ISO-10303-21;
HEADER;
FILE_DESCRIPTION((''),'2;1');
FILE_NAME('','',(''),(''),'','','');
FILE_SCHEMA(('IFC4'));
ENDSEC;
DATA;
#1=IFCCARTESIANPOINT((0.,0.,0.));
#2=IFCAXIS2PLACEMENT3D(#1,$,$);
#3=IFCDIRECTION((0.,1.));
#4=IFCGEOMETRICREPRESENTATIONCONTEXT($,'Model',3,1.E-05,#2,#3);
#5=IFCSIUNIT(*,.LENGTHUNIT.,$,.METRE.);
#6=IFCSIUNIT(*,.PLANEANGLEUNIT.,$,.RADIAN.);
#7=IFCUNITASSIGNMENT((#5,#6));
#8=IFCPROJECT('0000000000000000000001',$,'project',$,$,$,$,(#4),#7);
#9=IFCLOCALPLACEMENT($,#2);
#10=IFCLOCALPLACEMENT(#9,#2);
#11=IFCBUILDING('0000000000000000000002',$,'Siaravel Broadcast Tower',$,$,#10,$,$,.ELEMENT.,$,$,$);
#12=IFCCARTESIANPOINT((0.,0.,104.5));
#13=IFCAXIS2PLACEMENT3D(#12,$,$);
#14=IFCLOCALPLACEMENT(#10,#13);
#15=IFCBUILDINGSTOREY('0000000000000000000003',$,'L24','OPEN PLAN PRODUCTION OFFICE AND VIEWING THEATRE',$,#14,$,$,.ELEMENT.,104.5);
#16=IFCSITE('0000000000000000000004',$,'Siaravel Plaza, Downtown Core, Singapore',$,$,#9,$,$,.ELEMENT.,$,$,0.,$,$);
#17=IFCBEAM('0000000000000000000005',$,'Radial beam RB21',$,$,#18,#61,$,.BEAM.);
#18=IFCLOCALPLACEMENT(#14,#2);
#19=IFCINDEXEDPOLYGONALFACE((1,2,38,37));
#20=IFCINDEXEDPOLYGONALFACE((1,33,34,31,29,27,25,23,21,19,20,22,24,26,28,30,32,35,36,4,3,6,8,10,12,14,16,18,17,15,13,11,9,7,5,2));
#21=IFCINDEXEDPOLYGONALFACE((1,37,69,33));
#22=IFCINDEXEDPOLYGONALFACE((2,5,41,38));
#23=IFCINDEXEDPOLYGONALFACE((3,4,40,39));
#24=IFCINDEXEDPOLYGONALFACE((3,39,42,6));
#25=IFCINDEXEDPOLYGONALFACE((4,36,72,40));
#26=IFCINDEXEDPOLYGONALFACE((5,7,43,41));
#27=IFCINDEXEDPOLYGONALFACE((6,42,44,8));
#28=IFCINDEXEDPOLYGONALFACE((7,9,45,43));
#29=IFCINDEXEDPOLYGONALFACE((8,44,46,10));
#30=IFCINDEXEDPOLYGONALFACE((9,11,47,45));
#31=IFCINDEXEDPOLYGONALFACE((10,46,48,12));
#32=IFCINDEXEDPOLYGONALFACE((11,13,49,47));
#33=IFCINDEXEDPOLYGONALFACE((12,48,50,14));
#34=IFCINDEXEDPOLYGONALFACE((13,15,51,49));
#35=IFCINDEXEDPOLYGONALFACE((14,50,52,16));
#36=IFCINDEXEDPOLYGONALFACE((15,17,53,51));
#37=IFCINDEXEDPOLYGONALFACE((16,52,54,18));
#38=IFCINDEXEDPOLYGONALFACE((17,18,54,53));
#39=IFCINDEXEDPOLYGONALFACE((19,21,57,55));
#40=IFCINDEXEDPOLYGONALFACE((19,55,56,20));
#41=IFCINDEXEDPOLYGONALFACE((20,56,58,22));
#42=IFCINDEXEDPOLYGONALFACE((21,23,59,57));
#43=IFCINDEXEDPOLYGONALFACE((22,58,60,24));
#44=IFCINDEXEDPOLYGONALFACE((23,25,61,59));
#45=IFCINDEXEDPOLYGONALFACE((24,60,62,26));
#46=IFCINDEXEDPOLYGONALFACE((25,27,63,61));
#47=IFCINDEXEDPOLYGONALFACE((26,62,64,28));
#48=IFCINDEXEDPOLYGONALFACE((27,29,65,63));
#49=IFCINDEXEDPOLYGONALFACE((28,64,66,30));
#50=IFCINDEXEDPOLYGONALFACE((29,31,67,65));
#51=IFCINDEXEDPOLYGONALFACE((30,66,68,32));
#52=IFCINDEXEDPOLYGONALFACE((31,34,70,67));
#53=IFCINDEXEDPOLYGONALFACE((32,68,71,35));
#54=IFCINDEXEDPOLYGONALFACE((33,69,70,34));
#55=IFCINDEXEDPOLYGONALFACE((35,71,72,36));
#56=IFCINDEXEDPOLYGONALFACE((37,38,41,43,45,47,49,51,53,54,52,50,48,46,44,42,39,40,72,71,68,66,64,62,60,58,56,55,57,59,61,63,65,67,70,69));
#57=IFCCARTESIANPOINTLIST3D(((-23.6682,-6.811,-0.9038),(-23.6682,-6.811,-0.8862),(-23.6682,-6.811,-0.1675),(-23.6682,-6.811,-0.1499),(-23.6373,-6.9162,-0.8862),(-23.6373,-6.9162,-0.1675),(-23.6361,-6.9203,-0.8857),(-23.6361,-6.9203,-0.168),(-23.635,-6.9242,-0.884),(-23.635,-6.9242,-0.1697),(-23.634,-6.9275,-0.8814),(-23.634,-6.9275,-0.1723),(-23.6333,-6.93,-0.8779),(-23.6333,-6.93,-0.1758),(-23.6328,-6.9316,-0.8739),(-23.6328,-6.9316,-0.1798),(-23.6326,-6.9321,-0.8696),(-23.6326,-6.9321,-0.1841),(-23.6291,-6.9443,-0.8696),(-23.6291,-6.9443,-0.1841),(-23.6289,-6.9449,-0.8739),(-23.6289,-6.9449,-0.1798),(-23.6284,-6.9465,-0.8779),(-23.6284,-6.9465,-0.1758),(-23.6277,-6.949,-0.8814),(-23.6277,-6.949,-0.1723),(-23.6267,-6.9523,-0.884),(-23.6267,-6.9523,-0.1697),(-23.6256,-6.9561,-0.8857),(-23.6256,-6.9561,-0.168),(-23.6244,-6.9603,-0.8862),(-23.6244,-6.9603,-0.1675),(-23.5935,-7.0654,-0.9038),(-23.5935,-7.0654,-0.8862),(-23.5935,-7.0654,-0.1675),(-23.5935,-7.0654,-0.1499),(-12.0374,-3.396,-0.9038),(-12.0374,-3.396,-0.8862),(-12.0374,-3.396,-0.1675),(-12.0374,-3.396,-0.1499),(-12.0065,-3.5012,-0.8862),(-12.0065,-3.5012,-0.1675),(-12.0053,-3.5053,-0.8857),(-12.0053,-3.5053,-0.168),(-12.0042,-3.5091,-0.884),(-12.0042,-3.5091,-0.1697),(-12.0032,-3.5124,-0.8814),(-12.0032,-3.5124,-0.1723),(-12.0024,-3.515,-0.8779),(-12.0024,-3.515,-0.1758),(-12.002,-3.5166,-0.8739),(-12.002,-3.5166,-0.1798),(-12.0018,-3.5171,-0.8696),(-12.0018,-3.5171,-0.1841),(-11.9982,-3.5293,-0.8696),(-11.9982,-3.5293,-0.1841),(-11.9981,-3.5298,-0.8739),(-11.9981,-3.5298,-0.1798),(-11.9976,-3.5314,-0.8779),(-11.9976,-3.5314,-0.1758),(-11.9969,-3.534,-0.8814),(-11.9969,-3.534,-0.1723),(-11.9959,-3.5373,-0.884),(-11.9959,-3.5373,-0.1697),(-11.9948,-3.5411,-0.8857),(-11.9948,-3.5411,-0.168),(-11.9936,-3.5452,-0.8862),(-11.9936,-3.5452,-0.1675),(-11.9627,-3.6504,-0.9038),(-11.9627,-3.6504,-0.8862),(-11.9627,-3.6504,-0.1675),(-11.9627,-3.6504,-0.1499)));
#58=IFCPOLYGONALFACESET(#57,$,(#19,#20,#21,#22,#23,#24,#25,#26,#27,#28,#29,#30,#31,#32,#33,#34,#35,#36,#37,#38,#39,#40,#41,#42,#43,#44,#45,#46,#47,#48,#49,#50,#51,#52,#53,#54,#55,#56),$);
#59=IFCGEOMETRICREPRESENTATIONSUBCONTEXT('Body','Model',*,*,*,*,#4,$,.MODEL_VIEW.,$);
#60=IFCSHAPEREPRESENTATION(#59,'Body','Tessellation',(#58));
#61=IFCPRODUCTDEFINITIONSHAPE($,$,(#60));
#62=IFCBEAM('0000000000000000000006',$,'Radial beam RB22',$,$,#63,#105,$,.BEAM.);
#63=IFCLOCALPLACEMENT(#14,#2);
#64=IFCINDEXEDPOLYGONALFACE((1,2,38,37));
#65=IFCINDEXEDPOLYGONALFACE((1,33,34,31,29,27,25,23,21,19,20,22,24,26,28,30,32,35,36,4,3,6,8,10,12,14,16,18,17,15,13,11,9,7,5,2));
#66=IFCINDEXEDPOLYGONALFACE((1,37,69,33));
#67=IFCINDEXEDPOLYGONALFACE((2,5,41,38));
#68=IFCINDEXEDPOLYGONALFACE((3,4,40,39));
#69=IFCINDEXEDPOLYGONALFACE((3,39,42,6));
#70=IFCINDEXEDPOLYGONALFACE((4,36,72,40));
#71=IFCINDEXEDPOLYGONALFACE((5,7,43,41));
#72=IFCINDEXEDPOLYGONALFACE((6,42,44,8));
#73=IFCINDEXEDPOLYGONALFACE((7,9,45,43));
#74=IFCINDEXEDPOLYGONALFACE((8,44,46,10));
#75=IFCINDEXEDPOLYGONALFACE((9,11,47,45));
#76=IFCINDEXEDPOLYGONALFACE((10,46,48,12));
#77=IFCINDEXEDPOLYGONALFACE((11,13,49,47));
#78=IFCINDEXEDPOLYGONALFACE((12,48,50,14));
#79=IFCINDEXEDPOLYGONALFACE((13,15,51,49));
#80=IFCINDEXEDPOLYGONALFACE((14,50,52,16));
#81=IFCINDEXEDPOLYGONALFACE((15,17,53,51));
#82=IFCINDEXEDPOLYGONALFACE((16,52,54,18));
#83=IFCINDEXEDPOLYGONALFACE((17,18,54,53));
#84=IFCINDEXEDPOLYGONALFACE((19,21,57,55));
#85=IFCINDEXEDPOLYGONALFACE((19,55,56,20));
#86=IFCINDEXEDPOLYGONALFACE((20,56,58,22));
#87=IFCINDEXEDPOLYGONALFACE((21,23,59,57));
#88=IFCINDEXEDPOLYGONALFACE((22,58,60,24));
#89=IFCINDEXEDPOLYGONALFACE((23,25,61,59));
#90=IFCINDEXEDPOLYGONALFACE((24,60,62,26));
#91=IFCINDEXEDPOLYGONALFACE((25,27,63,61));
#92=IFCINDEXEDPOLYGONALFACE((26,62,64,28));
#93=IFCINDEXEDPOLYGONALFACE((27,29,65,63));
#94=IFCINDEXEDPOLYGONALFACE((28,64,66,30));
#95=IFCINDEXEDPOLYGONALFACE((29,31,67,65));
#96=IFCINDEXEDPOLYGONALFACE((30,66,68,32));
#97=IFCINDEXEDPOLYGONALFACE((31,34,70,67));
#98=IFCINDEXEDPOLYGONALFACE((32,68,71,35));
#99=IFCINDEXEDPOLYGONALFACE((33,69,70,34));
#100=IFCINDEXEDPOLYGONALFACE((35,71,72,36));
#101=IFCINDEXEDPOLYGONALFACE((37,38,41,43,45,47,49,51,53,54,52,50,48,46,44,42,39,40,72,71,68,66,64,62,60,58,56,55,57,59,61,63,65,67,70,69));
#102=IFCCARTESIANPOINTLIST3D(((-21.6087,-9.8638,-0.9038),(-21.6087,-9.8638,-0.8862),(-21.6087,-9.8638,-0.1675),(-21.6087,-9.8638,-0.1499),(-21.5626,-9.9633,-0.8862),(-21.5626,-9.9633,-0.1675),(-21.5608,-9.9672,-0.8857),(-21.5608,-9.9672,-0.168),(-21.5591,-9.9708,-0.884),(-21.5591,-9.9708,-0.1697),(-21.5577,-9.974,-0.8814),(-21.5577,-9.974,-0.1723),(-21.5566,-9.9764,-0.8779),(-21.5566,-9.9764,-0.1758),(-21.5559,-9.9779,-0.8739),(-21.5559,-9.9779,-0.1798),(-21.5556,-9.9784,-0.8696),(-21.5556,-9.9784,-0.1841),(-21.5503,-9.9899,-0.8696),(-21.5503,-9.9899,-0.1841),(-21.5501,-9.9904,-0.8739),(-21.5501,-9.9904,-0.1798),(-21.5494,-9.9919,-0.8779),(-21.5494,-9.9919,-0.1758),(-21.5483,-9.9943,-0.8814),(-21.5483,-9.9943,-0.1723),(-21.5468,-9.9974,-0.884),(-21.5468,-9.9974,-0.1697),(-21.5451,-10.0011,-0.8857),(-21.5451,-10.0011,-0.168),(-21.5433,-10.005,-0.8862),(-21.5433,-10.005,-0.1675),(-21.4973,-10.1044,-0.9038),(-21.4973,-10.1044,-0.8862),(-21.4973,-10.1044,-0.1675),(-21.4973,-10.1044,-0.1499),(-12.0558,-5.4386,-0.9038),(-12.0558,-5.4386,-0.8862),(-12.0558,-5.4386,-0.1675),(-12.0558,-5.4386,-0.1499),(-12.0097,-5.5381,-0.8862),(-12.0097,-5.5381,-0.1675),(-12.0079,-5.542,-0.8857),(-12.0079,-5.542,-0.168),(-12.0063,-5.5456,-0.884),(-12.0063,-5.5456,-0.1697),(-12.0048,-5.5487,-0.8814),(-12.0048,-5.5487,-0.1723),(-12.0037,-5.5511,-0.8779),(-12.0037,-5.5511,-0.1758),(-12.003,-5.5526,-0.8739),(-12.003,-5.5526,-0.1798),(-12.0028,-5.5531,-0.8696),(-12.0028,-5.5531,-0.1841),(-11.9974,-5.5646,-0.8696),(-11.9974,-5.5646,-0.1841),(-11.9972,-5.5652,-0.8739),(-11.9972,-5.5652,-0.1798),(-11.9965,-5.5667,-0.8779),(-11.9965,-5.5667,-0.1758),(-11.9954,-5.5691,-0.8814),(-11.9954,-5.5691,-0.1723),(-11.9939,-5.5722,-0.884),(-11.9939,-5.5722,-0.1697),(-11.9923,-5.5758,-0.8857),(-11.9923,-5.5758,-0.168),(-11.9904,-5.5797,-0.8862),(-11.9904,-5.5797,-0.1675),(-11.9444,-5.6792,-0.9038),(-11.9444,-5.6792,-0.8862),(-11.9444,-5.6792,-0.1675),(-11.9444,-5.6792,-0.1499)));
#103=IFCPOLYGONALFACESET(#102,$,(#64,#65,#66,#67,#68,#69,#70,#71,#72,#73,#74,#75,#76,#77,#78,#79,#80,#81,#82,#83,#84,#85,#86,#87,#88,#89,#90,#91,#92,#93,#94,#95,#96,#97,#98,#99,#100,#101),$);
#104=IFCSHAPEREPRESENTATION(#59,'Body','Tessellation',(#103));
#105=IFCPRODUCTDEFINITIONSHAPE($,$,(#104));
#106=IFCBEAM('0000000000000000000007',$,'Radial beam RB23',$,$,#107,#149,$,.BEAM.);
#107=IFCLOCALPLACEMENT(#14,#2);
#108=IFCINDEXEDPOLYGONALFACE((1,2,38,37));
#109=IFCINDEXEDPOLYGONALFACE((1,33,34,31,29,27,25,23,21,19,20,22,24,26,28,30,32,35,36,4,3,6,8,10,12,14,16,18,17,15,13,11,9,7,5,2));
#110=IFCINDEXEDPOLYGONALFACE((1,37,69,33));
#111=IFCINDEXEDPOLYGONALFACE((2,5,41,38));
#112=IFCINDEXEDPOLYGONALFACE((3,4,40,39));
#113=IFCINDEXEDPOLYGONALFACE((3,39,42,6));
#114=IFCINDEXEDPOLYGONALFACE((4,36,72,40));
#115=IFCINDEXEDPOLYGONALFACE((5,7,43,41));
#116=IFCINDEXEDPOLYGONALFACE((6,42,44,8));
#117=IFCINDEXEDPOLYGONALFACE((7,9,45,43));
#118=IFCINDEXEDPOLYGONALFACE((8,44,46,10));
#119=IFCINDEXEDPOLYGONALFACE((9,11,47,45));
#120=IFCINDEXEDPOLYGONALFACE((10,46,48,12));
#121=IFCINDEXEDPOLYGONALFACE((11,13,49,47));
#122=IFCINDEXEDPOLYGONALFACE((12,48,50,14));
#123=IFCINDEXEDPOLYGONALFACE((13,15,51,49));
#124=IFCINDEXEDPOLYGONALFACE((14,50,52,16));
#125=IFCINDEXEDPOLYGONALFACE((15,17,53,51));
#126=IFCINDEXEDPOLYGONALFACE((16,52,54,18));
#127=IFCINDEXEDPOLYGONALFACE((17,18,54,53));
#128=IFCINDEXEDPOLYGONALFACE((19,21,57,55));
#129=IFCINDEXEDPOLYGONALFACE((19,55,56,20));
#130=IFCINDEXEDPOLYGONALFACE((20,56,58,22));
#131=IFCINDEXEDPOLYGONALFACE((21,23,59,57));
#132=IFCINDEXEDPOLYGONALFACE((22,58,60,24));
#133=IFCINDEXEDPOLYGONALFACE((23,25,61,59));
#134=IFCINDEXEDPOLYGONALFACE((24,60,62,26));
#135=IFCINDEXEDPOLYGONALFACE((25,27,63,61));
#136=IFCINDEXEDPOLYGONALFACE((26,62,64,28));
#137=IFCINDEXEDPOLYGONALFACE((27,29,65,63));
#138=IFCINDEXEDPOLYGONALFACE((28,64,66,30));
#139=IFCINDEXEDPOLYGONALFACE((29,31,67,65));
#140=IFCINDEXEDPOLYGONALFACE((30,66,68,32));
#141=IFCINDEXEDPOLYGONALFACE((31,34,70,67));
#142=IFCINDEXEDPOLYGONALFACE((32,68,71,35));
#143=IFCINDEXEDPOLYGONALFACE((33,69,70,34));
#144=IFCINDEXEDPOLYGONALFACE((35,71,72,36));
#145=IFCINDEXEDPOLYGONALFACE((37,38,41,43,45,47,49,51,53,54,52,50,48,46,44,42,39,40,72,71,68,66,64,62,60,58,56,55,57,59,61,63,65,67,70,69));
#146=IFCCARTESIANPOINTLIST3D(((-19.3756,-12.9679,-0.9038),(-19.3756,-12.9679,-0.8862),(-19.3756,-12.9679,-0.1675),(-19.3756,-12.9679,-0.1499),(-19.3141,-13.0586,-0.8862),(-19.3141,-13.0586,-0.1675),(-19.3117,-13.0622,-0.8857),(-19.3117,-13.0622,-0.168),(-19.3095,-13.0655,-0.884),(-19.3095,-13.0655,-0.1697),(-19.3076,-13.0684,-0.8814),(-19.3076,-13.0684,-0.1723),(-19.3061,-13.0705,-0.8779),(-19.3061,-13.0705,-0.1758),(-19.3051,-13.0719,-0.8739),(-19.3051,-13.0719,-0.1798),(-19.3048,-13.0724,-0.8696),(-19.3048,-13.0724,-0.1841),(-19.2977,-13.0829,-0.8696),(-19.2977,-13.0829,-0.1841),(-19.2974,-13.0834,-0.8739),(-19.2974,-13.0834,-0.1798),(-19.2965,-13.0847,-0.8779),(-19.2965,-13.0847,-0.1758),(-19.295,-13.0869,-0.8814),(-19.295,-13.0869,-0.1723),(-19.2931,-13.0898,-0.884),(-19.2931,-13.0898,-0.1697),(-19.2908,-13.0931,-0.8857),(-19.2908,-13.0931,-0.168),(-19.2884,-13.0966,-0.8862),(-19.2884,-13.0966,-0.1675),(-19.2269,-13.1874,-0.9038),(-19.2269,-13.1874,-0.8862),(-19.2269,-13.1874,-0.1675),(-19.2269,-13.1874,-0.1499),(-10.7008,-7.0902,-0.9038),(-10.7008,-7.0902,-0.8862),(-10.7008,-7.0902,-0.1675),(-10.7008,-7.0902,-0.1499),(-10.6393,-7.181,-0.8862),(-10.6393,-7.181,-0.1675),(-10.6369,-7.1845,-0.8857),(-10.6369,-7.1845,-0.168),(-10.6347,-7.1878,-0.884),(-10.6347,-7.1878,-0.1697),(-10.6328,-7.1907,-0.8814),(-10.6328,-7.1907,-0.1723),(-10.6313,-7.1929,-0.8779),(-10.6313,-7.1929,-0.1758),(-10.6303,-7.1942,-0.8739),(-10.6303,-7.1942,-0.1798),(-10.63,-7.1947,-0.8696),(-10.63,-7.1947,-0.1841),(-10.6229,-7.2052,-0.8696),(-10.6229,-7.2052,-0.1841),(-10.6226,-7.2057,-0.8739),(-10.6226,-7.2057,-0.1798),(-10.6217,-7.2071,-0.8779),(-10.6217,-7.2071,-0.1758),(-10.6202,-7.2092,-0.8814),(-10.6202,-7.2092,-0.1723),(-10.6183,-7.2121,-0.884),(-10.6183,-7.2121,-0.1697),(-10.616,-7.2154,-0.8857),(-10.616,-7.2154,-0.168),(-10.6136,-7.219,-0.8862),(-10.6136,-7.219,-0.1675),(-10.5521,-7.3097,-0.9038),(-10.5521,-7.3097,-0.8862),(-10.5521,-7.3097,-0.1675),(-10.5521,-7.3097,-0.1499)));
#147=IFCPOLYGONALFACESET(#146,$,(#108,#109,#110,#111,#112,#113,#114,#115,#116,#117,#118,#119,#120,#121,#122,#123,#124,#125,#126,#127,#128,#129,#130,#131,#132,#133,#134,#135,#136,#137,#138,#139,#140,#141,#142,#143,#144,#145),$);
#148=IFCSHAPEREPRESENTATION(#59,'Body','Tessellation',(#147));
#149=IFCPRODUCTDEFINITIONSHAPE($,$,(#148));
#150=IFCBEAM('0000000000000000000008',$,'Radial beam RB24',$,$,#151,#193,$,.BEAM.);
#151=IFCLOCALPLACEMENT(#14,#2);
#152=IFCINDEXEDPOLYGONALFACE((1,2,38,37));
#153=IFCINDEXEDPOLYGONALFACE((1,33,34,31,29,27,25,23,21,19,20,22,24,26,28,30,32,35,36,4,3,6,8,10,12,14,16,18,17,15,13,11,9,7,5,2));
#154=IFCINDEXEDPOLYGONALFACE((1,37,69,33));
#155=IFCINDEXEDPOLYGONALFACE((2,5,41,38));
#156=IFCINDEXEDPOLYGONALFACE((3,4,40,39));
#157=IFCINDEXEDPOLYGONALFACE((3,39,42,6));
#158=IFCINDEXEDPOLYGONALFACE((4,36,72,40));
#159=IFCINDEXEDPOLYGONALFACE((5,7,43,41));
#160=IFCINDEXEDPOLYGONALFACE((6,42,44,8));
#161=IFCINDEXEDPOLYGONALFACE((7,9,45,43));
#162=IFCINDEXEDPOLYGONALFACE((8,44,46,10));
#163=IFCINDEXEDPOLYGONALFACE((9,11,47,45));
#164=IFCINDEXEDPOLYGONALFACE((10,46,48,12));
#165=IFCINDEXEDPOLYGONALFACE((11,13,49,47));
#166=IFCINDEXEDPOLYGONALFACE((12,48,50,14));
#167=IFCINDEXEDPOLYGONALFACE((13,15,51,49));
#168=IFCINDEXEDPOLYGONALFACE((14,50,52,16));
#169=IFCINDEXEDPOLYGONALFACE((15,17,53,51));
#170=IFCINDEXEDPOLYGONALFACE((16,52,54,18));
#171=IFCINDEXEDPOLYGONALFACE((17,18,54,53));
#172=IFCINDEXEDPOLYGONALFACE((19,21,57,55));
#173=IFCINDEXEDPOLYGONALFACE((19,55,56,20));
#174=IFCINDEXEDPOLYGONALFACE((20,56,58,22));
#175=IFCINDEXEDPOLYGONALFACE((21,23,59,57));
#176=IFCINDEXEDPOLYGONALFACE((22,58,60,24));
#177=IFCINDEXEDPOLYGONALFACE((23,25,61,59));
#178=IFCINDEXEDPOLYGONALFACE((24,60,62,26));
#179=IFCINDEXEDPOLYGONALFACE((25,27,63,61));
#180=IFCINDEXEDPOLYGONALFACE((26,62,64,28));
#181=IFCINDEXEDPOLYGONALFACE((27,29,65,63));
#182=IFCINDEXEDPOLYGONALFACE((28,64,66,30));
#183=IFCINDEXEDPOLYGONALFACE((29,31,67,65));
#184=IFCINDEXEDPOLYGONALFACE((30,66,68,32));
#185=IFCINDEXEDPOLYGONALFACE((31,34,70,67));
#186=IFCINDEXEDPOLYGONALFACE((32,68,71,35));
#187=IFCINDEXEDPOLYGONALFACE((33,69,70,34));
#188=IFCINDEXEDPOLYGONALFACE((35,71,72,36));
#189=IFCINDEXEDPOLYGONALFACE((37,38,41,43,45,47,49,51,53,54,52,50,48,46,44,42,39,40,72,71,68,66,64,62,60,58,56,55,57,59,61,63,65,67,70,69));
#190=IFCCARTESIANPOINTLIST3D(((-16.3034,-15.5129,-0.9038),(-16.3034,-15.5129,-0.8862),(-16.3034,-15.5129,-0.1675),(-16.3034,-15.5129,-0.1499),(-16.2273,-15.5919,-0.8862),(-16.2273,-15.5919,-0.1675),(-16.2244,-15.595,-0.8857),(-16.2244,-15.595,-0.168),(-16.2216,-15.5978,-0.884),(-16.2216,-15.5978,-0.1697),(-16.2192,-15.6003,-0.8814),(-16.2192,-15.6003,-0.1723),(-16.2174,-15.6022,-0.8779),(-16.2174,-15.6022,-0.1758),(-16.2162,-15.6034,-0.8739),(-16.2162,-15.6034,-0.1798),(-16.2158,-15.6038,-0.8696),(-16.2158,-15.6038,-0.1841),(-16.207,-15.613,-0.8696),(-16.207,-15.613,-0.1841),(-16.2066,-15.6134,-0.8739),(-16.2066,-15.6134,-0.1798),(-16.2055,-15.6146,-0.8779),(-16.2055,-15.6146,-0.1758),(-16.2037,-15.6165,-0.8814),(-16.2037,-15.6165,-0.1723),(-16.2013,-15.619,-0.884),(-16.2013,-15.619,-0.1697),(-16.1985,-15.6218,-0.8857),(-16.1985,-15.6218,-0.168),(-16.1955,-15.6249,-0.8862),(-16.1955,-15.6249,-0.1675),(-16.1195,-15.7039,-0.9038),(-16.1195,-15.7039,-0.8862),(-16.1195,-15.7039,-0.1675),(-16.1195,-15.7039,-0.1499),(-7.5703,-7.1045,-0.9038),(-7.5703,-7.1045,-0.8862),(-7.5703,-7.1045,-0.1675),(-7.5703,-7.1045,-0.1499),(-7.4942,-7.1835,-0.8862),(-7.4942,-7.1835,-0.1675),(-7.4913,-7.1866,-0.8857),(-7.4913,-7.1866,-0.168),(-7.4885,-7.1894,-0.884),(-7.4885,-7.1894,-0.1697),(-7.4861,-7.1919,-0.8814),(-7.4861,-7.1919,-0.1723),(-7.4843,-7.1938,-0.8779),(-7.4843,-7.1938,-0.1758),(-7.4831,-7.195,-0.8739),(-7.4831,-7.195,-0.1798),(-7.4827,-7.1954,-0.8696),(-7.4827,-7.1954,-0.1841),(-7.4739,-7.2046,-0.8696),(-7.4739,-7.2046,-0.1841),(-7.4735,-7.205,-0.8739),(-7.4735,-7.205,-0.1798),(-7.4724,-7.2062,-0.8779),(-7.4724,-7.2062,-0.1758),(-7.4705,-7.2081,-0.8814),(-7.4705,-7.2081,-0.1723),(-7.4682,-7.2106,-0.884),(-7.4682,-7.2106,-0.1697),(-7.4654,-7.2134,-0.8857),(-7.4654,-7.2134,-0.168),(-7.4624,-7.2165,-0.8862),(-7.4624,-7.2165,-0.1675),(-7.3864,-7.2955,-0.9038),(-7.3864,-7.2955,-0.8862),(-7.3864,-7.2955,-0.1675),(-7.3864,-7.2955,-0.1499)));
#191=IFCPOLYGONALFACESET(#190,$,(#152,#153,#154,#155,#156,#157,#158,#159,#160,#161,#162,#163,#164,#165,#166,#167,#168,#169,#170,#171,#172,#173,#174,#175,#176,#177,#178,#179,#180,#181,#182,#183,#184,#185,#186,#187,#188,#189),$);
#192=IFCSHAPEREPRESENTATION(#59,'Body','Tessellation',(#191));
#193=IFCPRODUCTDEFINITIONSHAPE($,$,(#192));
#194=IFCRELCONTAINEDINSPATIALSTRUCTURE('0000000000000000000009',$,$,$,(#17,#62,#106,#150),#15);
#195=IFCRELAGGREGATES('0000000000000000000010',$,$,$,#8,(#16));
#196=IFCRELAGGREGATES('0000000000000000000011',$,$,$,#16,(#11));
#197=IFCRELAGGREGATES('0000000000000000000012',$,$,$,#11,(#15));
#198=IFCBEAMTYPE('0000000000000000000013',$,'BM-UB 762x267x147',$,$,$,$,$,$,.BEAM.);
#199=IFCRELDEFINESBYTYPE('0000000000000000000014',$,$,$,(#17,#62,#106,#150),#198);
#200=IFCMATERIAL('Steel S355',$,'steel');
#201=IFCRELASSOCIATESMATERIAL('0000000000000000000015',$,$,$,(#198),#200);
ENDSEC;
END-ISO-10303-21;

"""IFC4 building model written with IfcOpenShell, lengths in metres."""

from ifc_helpers import new_model, si_unit, direction, frame, origin, origin_2d, place, context, subcontext, project, spatial, i_section, extrude, material, material_profile, profile_set, type_object, element, save


model = new_model("IFC4")

# Units and contexts
model_context = context("Model", 3, precision=1e-05, world=origin(), true_north=direction((0.0, 1.0)))
body_context = subcontext(model_context, "Body", "Model", "MODEL_VIEW")
ifc_project = project(units=[si_unit("LENGTHUNIT", "METRE"), si_unit("PLANEANGLEUNIT", "RADIAN")], contexts=[model_context])

# Site, building, storey
site_placement = place(None, origin())
site = spatial("IfcSite", under=ifc_project, at=site_placement, Name="Siaravel Plaza, Downtown Core, Singapore", CompositionType="ELEMENT", RefElevation=0.0)
building_placement = place(site_placement, origin())
building = spatial("IfcBuilding", under=site, at=building_placement, Name="Siaravel Broadcast Tower", CompositionType="ELEMENT")
storey_placement = place(building_placement, frame((0.0, 0.0, 104.5)))
storey = spatial("IfcBuildingStorey", under=building, at=storey_placement, Name="L24", Description="OPEN PLAN PRODUCTION OFFICE AND VIEWING THEATRE", CompositionType="ELEMENT", Elevation=104.5)

# Beams
ifc_material_1 = material(Name="Steel S355", Category="steel")
ifc_material_profile_1 = material_profile(ifc_material_1, i_section(OverallWidth=0.2651, OverallDepth=0.7539, WebThickness=0.0127, FlangeThickness=0.0176, FilletRadius=0.0166, at=origin_2d()))
ifc_profile_set_1 = profile_set([ifc_material_profile_1], Name="Steel S355")
beam_type = type_object("IfcBeamType", Name="BM-UB 762x267x147", PredefinedType="BEAM", material=ifc_profile_set_1)
beam_1_placement = place(storey_placement, frame((-23.6309, -6.9382, -0.5269), z_axis=(0.959495, 0.281726, 0.0), x_axis=(-0.281726, 0.959495, 0.0)))
element("IfcBeam", 1, at=beam_1_placement, inside=storey, type_object=beam_type, Name="Radial beam RB21", PredefinedType="BEAM", context=body_context, shape_type="SweptSolid", body=[
    extrude(i_section(OverallWidth=0.2651, OverallDepth=0.7539, WebThickness=0.0127, FlangeThickness=0.0176, FilletRadius=0.0166, at=origin_2d()), origin(), (0.0, 0.0, 1.0), 12.1218),
])
beam_2_placement = place(storey_placement, frame((-21.553, -9.9841, -0.5269), z_axis=(0.907372, 0.420328, 0.0), x_axis=(-0.420328, 0.907372, 0.0)))
element("IfcBeam", 2, at=beam_2_placement, inside=storey, type_object=beam_type, Name="Radial beam RB22", PredefinedType="BEAM", context=body_context, shape_type="SweptSolid", body=[
    extrude(i_section(OverallWidth=0.2651, OverallDepth=0.7539, WebThickness=0.0127, FlangeThickness=0.0176, FilletRadius=0.0166, at=origin_2d()), origin(), (0.0, 0.0, 1.0), 10.5281),
])
beam_3_placement = place(storey_placement, frame((-19.3013, -13.0776, -0.5269), z_axis=(0.827865, 0.560927, 0.0), x_axis=(-0.560927, 0.827865, 0.0)))
element("IfcBeam", 3, at=beam_3_placement, inside=storey, type_object=beam_type, Name="Radial beam RB23", PredefinedType="BEAM", context=body_context, shape_type="SweptSolid", body=[
    extrude(i_section(OverallWidth=0.2651, OverallDepth=0.7539, WebThickness=0.0127, FlangeThickness=0.0176, FilletRadius=0.0166, at=origin_2d()), origin(), (0.0, 0.0, 1.0), 10.4785),
])
beam_4_placement = place(storey_placement, frame((-16.2114, -15.6084, -0.5269), z_axis=(0.720372, 0.693588, 0.0), x_axis=(-0.693588, 0.720372, 0.0)))
element("IfcBeam", 4, at=beam_4_placement, inside=storey, type_object=beam_type, Name="Radial beam RB24", PredefinedType="BEAM", context=body_context, shape_type="SweptSolid", body=[
    extrude(i_section(OverallWidth=0.2651, OverallDepth=0.7539, WebThickness=0.0127, FlangeThickness=0.0176, FilletRadius=0.0166, at=origin_2d()), origin(), (0.0, 0.0, 1.0), 12.123),
])

save(model, "model.ifc")
